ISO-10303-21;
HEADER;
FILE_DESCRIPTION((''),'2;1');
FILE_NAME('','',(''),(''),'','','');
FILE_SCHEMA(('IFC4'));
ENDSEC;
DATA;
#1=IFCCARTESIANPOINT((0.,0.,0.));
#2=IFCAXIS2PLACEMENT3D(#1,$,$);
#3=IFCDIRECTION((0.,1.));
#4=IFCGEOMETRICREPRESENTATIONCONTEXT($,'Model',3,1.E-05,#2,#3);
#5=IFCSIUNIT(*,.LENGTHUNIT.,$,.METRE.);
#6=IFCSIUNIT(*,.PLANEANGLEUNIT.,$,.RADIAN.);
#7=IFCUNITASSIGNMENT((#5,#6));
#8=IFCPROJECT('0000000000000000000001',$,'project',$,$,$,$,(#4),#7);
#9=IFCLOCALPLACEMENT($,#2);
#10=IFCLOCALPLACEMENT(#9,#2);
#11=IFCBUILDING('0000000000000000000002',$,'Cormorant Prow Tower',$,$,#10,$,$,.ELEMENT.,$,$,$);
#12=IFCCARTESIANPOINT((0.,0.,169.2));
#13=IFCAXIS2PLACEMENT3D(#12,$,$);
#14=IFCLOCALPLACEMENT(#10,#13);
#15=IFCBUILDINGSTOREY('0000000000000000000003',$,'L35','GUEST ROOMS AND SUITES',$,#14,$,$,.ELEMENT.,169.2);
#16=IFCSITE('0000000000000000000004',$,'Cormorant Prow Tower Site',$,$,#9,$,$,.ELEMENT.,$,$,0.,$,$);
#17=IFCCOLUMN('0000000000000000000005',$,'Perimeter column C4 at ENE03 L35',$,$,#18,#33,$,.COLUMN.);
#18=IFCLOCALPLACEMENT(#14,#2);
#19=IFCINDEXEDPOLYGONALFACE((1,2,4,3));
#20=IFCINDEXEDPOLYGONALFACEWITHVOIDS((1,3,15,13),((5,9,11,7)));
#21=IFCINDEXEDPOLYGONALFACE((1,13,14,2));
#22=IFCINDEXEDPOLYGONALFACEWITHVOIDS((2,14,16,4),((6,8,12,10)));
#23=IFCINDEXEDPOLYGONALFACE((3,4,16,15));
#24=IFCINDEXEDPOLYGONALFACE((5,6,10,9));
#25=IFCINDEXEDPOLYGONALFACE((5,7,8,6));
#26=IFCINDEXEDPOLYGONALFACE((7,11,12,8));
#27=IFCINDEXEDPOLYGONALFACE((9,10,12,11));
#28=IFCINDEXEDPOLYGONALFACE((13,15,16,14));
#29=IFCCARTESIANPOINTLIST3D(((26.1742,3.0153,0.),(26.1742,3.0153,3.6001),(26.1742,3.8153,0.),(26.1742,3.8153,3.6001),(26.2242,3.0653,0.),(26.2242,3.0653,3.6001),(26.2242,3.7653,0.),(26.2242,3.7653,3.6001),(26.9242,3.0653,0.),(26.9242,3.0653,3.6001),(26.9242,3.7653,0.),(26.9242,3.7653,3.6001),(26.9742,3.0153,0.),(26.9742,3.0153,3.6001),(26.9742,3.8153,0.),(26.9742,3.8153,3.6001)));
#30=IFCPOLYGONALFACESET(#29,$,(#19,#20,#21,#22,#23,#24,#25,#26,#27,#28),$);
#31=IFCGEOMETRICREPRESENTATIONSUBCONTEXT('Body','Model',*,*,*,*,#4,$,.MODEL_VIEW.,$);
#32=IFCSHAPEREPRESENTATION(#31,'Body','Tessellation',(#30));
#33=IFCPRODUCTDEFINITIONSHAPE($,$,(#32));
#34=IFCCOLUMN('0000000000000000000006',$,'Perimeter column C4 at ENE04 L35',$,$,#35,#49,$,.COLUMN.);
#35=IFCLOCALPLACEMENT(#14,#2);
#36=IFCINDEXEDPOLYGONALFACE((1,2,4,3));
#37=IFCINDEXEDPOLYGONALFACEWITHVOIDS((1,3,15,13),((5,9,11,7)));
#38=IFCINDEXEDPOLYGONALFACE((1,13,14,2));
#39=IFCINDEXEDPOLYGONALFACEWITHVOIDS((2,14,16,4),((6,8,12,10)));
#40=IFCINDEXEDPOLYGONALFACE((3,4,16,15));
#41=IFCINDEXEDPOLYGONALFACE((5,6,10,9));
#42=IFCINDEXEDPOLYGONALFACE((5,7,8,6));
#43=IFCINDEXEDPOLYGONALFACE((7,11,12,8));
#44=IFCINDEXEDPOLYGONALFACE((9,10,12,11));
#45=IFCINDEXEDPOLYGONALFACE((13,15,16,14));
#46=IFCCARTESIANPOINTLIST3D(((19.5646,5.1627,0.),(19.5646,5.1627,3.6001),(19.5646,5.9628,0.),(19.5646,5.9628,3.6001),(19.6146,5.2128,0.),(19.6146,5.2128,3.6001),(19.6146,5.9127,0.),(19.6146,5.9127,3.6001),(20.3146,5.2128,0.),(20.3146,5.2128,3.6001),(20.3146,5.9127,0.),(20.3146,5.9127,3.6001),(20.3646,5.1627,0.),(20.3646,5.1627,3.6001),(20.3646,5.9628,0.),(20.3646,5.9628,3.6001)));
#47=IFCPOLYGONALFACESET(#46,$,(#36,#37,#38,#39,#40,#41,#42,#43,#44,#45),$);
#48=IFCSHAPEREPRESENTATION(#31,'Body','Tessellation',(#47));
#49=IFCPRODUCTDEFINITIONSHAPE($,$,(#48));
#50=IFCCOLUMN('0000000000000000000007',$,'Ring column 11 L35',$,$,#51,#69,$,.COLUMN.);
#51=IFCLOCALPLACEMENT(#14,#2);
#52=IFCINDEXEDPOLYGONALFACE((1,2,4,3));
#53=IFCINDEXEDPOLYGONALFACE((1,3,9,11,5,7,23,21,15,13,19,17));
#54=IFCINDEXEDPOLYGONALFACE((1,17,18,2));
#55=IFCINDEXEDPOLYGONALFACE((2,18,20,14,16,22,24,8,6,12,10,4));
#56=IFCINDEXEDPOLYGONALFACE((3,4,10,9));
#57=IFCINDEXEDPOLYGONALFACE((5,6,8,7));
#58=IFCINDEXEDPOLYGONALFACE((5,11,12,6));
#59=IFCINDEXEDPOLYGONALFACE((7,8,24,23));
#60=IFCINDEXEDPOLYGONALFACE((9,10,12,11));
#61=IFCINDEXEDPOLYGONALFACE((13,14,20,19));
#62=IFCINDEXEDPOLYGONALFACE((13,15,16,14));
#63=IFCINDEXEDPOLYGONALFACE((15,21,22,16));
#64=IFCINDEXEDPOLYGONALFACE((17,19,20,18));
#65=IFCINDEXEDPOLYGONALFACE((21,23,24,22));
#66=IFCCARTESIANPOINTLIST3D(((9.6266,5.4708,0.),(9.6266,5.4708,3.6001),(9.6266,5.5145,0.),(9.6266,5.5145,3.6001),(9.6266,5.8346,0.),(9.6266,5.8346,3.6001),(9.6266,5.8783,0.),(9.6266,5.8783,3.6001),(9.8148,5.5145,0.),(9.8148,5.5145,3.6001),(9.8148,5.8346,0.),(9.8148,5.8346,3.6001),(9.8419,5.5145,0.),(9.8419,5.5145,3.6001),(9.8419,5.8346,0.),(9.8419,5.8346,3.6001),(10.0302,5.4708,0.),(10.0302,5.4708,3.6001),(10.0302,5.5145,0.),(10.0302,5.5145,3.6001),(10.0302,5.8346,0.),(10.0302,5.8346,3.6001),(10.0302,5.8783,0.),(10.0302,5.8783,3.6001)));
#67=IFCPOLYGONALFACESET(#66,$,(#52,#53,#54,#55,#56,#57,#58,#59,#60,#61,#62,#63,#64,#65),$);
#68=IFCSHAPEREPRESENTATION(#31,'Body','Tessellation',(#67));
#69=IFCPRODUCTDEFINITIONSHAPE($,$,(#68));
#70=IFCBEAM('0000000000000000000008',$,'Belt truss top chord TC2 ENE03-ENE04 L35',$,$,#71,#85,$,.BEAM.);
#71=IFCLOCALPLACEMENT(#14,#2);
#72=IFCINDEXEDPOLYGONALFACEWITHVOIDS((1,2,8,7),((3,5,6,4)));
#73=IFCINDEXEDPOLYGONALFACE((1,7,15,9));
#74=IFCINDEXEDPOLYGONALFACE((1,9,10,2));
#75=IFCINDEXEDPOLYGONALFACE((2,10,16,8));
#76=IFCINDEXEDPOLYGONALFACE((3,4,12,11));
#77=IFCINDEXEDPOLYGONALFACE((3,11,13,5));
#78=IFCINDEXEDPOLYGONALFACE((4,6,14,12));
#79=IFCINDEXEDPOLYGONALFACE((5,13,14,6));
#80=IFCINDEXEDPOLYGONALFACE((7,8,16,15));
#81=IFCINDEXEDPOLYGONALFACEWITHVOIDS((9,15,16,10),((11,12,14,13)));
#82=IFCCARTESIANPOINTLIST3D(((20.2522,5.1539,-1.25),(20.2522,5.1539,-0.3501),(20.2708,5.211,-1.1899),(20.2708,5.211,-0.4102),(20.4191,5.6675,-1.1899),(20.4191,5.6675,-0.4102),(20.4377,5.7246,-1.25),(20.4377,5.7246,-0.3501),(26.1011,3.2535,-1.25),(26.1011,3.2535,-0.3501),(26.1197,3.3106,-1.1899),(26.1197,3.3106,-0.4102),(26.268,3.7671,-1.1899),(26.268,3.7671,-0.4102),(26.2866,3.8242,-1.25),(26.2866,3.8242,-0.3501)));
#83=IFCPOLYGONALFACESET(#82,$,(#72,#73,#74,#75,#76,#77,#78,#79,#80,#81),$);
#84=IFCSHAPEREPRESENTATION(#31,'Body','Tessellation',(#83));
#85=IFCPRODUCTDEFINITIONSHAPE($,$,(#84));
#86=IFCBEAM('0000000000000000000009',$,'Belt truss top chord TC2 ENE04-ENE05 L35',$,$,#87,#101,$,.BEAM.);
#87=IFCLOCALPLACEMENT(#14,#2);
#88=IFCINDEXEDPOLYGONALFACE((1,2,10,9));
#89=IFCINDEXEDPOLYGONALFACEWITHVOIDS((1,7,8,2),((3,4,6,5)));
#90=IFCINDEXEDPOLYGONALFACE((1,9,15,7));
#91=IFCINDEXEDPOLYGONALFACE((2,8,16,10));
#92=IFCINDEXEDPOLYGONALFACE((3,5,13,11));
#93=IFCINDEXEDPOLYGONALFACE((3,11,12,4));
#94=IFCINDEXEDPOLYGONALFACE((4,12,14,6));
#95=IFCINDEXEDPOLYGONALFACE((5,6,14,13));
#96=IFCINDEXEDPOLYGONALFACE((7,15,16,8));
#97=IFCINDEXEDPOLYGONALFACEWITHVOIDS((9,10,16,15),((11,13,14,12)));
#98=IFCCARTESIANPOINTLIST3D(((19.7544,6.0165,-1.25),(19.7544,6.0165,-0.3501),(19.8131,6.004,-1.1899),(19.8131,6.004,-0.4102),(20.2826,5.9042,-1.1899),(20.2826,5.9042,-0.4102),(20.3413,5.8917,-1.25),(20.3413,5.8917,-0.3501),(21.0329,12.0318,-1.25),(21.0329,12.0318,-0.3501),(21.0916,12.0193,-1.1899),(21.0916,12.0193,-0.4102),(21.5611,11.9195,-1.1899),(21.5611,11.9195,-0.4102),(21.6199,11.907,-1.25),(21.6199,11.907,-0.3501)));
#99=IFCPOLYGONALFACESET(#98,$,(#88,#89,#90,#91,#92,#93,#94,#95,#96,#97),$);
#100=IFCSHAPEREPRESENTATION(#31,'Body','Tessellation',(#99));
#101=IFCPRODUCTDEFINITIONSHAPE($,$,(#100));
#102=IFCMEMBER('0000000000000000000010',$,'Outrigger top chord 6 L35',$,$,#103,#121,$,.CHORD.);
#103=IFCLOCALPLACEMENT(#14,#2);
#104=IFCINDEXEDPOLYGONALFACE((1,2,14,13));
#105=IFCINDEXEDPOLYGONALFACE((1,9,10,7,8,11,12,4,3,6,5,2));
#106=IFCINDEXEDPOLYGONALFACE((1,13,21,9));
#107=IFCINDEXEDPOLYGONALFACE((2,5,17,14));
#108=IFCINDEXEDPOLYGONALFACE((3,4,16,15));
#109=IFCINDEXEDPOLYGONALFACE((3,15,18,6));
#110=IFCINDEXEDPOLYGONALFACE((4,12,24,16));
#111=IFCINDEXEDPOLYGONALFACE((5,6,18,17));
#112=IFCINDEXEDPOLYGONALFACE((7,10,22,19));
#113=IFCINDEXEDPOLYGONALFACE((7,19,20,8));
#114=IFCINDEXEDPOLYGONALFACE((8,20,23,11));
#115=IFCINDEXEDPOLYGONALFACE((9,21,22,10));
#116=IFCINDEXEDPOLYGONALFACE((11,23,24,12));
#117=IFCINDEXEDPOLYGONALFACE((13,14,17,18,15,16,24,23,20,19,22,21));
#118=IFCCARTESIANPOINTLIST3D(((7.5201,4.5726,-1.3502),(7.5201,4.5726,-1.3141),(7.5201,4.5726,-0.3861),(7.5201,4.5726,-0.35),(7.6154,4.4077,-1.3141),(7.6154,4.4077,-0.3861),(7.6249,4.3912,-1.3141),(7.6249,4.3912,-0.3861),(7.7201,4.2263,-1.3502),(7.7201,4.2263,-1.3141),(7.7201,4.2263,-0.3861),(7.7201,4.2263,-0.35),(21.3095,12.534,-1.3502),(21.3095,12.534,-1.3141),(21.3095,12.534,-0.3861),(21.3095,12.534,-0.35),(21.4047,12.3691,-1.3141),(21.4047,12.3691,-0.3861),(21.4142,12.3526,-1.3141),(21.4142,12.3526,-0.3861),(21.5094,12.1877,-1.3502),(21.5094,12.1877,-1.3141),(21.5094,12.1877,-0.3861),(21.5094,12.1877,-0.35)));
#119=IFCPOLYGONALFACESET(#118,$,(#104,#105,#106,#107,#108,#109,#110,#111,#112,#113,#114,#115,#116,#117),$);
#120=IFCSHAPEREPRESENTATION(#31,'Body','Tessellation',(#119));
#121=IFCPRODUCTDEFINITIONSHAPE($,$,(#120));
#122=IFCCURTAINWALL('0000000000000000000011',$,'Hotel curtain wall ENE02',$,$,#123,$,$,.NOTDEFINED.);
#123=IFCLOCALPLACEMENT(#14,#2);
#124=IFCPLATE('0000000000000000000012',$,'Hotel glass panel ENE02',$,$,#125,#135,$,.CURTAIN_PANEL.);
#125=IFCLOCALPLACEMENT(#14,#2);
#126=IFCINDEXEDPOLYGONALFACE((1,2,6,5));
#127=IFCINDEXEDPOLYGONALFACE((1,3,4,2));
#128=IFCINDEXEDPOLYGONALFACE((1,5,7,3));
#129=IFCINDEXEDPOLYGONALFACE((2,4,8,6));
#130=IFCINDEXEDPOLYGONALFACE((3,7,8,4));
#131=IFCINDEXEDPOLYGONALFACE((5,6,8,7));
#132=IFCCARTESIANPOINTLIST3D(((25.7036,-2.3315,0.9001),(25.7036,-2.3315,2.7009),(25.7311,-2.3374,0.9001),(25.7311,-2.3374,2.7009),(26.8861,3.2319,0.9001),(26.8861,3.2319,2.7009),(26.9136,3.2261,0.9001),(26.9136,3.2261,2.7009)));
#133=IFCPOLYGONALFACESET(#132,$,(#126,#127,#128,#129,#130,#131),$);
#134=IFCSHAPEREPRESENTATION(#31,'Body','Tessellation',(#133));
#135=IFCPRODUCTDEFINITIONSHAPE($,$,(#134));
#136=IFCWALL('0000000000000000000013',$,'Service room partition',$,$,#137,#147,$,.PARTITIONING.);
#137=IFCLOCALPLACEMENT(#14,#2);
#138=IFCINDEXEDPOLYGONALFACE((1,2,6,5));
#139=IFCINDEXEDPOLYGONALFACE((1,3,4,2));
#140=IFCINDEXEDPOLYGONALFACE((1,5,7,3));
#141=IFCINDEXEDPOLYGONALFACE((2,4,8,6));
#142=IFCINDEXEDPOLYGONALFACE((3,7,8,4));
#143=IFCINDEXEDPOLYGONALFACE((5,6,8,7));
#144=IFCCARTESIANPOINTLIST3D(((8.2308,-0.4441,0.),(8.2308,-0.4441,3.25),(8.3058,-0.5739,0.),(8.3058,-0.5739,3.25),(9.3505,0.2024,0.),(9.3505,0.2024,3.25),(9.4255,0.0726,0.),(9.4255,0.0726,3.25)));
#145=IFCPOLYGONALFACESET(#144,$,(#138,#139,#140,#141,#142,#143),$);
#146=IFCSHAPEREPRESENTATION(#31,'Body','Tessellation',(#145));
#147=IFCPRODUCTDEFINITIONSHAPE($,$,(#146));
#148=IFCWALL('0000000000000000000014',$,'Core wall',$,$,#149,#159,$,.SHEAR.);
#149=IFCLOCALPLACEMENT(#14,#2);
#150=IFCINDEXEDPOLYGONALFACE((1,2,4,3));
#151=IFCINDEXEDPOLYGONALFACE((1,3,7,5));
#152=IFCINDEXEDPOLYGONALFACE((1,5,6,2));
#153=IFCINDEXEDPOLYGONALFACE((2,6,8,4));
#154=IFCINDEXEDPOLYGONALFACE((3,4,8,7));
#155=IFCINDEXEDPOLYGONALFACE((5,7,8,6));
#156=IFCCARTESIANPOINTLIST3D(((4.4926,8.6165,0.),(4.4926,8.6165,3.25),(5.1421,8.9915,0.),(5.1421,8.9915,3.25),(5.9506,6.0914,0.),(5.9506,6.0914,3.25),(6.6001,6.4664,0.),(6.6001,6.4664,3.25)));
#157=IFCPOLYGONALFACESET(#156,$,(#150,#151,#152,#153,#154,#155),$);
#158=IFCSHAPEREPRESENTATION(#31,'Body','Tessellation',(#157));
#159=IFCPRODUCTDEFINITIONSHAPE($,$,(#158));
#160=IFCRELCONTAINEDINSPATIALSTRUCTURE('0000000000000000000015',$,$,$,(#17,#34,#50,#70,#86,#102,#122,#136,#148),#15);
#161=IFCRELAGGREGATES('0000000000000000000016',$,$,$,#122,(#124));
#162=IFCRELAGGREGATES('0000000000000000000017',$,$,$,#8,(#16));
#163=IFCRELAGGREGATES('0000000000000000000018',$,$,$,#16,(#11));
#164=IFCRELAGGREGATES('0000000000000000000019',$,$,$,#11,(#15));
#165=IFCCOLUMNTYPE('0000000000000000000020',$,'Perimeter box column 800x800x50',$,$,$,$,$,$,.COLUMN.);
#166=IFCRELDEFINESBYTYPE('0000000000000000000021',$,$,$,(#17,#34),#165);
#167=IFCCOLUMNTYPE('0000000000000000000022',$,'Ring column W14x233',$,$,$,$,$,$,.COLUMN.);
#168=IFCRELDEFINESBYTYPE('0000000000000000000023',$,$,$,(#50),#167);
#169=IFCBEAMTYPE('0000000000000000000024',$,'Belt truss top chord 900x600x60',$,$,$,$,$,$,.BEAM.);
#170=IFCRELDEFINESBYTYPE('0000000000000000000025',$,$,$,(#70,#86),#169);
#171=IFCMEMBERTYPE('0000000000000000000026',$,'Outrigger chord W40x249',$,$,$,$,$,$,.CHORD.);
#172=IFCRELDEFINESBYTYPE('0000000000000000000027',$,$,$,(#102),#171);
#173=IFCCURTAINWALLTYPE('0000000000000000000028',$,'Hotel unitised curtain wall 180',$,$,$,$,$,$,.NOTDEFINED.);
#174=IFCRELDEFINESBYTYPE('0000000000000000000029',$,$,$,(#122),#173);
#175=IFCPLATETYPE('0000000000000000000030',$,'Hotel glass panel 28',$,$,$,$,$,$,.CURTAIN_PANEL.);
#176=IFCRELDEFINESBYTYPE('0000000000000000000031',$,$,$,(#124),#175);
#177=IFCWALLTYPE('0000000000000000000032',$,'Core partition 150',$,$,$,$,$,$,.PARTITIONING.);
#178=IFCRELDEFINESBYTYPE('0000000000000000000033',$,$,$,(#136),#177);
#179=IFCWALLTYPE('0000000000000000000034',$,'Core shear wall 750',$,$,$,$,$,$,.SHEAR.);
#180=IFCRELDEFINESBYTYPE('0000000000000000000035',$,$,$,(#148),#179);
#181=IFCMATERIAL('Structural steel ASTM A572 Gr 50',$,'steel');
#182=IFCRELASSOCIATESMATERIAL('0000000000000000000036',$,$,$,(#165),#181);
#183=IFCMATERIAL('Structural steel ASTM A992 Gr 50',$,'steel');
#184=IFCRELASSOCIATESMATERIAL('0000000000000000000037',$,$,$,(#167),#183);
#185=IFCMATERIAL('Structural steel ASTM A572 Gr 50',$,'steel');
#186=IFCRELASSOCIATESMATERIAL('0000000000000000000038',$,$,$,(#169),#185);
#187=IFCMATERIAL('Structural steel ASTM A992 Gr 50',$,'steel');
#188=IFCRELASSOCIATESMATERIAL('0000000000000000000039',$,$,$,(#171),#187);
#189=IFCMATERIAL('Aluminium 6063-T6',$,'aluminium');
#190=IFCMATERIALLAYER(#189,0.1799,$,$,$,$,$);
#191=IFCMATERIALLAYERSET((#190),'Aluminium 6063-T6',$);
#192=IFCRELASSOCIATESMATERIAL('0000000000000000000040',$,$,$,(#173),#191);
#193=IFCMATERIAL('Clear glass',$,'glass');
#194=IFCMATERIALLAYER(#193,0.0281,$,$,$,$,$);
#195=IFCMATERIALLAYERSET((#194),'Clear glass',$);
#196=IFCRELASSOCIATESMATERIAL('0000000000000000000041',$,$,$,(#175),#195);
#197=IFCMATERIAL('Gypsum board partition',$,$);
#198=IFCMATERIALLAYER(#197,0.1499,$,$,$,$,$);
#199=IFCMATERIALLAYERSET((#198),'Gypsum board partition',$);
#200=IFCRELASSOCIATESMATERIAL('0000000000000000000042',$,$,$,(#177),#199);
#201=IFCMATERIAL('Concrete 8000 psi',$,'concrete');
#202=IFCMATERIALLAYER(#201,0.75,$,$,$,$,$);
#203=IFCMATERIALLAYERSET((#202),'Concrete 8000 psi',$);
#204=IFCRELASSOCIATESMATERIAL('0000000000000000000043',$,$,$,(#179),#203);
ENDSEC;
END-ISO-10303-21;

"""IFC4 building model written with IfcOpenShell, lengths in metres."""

from ifc_helpers import new_model, si_unit, direction, frame, frame_2d, origin, origin_2d, place, context, subcontext, project, spatial, rectangle, hollow_rectangle, i_section, extrude, material, layer, layer_set, material_profile, profile_set, type_object, element, aggregate, save


model = new_model("IFC4")

# Units and contexts
model_context = context("Model", 3, precision=1e-05, world=origin(), true_north=direction((0.0, 1.0)))
body_context = subcontext(model_context, "Body", "Model", "MODEL_VIEW")
ifc_project = project(units=[si_unit("LENGTHUNIT", "METRE"), si_unit("PLANEANGLEUNIT", "RADIAN")], contexts=[model_context])

# Site, building, storey
site_placement = place(None, origin())
site = spatial("IfcSite", under=ifc_project, at=site_placement, Name="Cormorant Prow Tower Site", CompositionType="ELEMENT", RefElevation=0.0)
building_placement = place(site_placement, origin())
building = spatial("IfcBuilding", under=site, at=building_placement, Name="Cormorant Prow Tower", CompositionType="ELEMENT")
storey_placement = place(building_placement, frame((0.0, 0.0, 169.2)))
storey = spatial("IfcBuildingStorey", under=building, at=storey_placement, Name="L35", Description="GUEST ROOMS AND SUITES", CompositionType="ELEMENT", Elevation=169.2)

# Columns
ifc_material_1 = material(Name="Structural steel ASTM A572 Gr 50", Category="steel")
ifc_material_profile_1 = material_profile(ifc_material_1, hollow_rectangle(XDim=0.8, YDim=0.8, WallThickness=0.05, at=origin_2d()), Name="Box 800x800x50")
ifc_profile_set_1 = profile_set([ifc_material_profile_1], Name="Structural steel ASTM A572 Gr 50")
column_type_1 = type_object("IfcColumnType", Name="Perimeter box column 800x800x50", PredefinedType="COLUMN", material=ifc_profile_set_1)
for number, where, z_axis, x_axis, name in (
    (1, (26.5742, 3.4153, 0.0), (0.0, 0.0, 1.0), (1.0, 0.0, 0.0), "Perimeter column C4 at ENE03 L35"),
    (2, (19.9646, 5.5627, 0.0), (0.0, 0.0, 1.0), (1.0, 0.0, 0.0), "Perimeter column C4 at ENE04 L35"),
):
    element("IfcColumn", number, at=place(storey_placement, frame(where, z_axis=z_axis, x_axis=x_axis)), inside=storey, type_object=column_type_1, Name=name, PredefinedType="COLUMN", context=body_context, shape_type="SweptSolid", body=[
        extrude(hollow_rectangle(XDim=0.8, YDim=0.8, WallThickness=0.05, at=origin_2d()), origin(), (0.0, 0.0, 1.0), 3.6001),
    ])
ifc_material_2 = material(Name="Structural steel ASTM A992 Gr 50", Category="steel")
ifc_material_profile_2 = material_profile(ifc_material_2, i_section(OverallWidth=0.4036, OverallDepth=0.4075, WebThickness=0.0271, FlangeThickness=0.0437, at=origin_2d()), Name="W14x233")
ifc_profile_set_2 = profile_set([ifc_material_profile_2], Name="Structural steel ASTM A992 Gr 50")
column_type_2 = type_object("IfcColumnType", Name="Ring column W14x233", PredefinedType="COLUMN", material=ifc_profile_set_2)
column_placement = place(storey_placement, frame((9.8284, 5.6746, 0.0), z_axis=(0.0, 0.0, 1.0), x_axis=(1.0, 0.0, 0.0)))
element("IfcColumn", 3, at=column_placement, inside=storey, type_object=column_type_2, Name="Ring column 11 L35", PredefinedType="COLUMN", context=body_context, shape_type="SweptSolid", body=[
    extrude(i_section(OverallWidth=0.4036, OverallDepth=0.4075, WebThickness=0.0271, FlangeThickness=0.0437, at=origin_2d()), origin(), (0.0, 0.0, 1.0), 3.6001),
])

# Beams
ifc_material_3 = material(Name="Structural steel ASTM A572 Gr 50", Category="steel")
ifc_material_profile_3 = material_profile(ifc_material_3, hollow_rectangle(XDim=0.6001, YDim=0.8999, WallThickness=0.0601, at=origin_2d()), Name="Box 900x600x60")
ifc_profile_set_3 = profile_set([ifc_material_profile_3], Name="Structural steel ASTM A572 Gr 50")
beam_type = type_object("IfcBeamType", Name="Belt truss top chord 900x600x60", PredefinedType="BEAM", material=ifc_profile_set_3)
beam_1_placement = place(storey_placement, frame((26.1938, 3.5388, -0.8), z_axis=(-0.951058, 0.309013, 0.0), x_axis=(-0.309013, -0.951058, 0.0)))
element("IfcBeam", 4, at=beam_1_placement, inside=storey, type_object=beam_type, Name="Belt truss top chord TC2 ENE03-ENE04 L35", PredefinedType="BEAM", context=body_context, shape_type="SweptSolid", body=[
    extrude(hollow_rectangle(XDim=0.6001, YDim=0.8999, WallThickness=0.0601, at=origin_2d()), origin(), (0.0, 0.0, 1.0), 6.1499),
])
beam_2_placement = place(storey_placement, frame((20.0479, 5.9541, -0.8), z_axis=(0.207905, 0.978149, 0.0), x_axis=(-0.978149, 0.207905, 0.0)))
element("IfcBeam", 5, at=beam_2_placement, inside=storey, type_object=beam_type, Name="Belt truss top chord TC2 ENE04-ENE05 L35", PredefinedType="BEAM", context=body_context, shape_type="SweptSolid", body=[
    extrude(hollow_rectangle(XDim=0.6001, YDim=0.8999, WallThickness=0.0601, at=origin_2d()), origin(), (0.0, 0.0, 1.0), 6.1497),
])

# Member
ifc_material_4 = material(Name="Structural steel ASTM A992 Gr 50", Category="steel")
ifc_material_profile_4 = material_profile(ifc_material_4, i_section(OverallWidth=0.3999, OverallDepth=1.0002, WebThickness=0.019, FlangeThickness=0.0361, at=origin_2d()), Name="W40x249")
ifc_profile_set_4 = profile_set([ifc_material_profile_4], Name="Structural steel ASTM A992 Gr 50")
member_type = type_object("IfcMemberType", Name="Outrigger chord W40x249", PredefinedType="CHORD", material=ifc_profile_set_4)
member_placement = place(storey_placement, frame((7.6201, 4.3994, -0.8501), z_axis=(0.866021, 0.500008, 0.0), x_axis=(-0.500008, 0.866021, 0.0)))
element("IfcMember", 6, at=member_placement, inside=storey, type_object=member_type, Name="Outrigger top chord 6 L35", PredefinedType="CHORD", context=body_context, shape_type="SweptSolid", body=[
    extrude(i_section(OverallWidth=0.3999, OverallDepth=1.0002, WebThickness=0.019, FlangeThickness=0.0361, at=origin_2d()), origin(), (0.0, 0.0, 1.0), 15.9226),
])

# Curtain wall, plate
ifc_material_5 = material(Name="Aluminium 6063-T6", Category="aluminium")
ifc_layer_1 = layer(ifc_material_5, 0.1799)
ifc_layer_set_1 = layer_set([ifc_layer_1], Name="Aluminium 6063-T6")
curtain_wall_type = type_object("IfcCurtainWallType", Name="Hotel unitised curtain wall 180", PredefinedType="NOTDEFINED", material=ifc_layer_set_1)
curtain_wall_placement = place(storey_placement, origin())
curtain_wall = element("IfcCurtainWall", 7, at=curtain_wall_placement, inside=storey, type_object=curtain_wall_type, Name="Hotel curtain wall ENE02", PredefinedType="NOTDEFINED")
ifc_material_6 = material(Name="Clear glass", Category="glass")
ifc_layer_2 = layer(ifc_material_6, 0.0281)
ifc_layer_set_2 = layer_set([ifc_layer_2], Name="Clear glass")
plate_type = type_object("IfcPlateType", Name="Hotel glass panel 28", PredefinedType="CURTAIN_PANEL", material=ifc_layer_set_2)
plate_placement = place(storey_placement, frame((26.3086, 0.4473, 0.9001), z_axis=(0.0, 0.0, 1.0), x_axis=(0.207912, 0.978148, 0.0)))
plate = element("IfcPlate", 8, at=plate_placement, type_object=plate_type, Name="Hotel glass panel ENE02", PredefinedType="CURTAIN_PANEL", context=body_context, shape_type="SweptSolid", body=[
    extrude(rectangle(XDim=5.6877, YDim=0.0281, at=origin_2d()), origin(), (0.0, 0.0, 1.0), 1.8008),
])
aggregate(curtain_wall, [plate])

# Walls
ifc_material_7 = material(Name="Gypsum board partition")
ifc_layer_3 = layer(ifc_material_7, 0.1499)
ifc_layer_set_3 = layer_set([ifc_layer_3], Name="Gypsum board partition")
wall_type_1 = type_object("IfcWallType", Name="Core partition 150", PredefinedType="PARTITIONING", material=ifc_layer_set_3)
wall_1_placement = place(storey_placement, frame((8.2683, -0.509, 0.0), z_axis=(0.0, 0.0, 1.0), x_axis=(0.866003, 0.500038, 0.0)))
element("IfcWall", 9, at=wall_1_placement, inside=storey, type_object=wall_type_1, Name="Service room partition", PredefinedType="PARTITIONING", context=body_context, shape_type="SweptSolid", body=[
    extrude(rectangle(XDim=1.293, YDim=0.1499, at=frame_2d((0.6465, 0.0))), origin(), (0.0, 0.0, 1.0), 3.25),
])
ifc_material_8 = material(Name="Concrete 8000 psi", Category="concrete")
ifc_layer_4 = layer(ifc_material_8, 0.75)
ifc_layer_set_4 = layer_set([ifc_layer_4], Name="Concrete 8000 psi")
wall_type_2 = type_object("IfcWallType", Name="Core shear wall 750", PredefinedType="SHEAR", material=ifc_layer_set_4)
wall_2_placement = place(storey_placement, frame((6.2754, 6.2788, 0.0), z_axis=(0.0, 0.0, 1.0), x_axis=(-0.500029, 0.866009, 0.0)))
element("IfcWall", 10, at=wall_2_placement, inside=storey, type_object=wall_type_2, Name="Core wall", PredefinedType="SHEAR", context=body_context, shape_type="SweptSolid", body=[
    extrude(rectangle(XDim=2.9158, YDim=0.75, at=frame_2d((1.458, 0.0))), origin(), (0.0, 0.0, 1.0), 3.25),
])

save(model, "model.ifc")
